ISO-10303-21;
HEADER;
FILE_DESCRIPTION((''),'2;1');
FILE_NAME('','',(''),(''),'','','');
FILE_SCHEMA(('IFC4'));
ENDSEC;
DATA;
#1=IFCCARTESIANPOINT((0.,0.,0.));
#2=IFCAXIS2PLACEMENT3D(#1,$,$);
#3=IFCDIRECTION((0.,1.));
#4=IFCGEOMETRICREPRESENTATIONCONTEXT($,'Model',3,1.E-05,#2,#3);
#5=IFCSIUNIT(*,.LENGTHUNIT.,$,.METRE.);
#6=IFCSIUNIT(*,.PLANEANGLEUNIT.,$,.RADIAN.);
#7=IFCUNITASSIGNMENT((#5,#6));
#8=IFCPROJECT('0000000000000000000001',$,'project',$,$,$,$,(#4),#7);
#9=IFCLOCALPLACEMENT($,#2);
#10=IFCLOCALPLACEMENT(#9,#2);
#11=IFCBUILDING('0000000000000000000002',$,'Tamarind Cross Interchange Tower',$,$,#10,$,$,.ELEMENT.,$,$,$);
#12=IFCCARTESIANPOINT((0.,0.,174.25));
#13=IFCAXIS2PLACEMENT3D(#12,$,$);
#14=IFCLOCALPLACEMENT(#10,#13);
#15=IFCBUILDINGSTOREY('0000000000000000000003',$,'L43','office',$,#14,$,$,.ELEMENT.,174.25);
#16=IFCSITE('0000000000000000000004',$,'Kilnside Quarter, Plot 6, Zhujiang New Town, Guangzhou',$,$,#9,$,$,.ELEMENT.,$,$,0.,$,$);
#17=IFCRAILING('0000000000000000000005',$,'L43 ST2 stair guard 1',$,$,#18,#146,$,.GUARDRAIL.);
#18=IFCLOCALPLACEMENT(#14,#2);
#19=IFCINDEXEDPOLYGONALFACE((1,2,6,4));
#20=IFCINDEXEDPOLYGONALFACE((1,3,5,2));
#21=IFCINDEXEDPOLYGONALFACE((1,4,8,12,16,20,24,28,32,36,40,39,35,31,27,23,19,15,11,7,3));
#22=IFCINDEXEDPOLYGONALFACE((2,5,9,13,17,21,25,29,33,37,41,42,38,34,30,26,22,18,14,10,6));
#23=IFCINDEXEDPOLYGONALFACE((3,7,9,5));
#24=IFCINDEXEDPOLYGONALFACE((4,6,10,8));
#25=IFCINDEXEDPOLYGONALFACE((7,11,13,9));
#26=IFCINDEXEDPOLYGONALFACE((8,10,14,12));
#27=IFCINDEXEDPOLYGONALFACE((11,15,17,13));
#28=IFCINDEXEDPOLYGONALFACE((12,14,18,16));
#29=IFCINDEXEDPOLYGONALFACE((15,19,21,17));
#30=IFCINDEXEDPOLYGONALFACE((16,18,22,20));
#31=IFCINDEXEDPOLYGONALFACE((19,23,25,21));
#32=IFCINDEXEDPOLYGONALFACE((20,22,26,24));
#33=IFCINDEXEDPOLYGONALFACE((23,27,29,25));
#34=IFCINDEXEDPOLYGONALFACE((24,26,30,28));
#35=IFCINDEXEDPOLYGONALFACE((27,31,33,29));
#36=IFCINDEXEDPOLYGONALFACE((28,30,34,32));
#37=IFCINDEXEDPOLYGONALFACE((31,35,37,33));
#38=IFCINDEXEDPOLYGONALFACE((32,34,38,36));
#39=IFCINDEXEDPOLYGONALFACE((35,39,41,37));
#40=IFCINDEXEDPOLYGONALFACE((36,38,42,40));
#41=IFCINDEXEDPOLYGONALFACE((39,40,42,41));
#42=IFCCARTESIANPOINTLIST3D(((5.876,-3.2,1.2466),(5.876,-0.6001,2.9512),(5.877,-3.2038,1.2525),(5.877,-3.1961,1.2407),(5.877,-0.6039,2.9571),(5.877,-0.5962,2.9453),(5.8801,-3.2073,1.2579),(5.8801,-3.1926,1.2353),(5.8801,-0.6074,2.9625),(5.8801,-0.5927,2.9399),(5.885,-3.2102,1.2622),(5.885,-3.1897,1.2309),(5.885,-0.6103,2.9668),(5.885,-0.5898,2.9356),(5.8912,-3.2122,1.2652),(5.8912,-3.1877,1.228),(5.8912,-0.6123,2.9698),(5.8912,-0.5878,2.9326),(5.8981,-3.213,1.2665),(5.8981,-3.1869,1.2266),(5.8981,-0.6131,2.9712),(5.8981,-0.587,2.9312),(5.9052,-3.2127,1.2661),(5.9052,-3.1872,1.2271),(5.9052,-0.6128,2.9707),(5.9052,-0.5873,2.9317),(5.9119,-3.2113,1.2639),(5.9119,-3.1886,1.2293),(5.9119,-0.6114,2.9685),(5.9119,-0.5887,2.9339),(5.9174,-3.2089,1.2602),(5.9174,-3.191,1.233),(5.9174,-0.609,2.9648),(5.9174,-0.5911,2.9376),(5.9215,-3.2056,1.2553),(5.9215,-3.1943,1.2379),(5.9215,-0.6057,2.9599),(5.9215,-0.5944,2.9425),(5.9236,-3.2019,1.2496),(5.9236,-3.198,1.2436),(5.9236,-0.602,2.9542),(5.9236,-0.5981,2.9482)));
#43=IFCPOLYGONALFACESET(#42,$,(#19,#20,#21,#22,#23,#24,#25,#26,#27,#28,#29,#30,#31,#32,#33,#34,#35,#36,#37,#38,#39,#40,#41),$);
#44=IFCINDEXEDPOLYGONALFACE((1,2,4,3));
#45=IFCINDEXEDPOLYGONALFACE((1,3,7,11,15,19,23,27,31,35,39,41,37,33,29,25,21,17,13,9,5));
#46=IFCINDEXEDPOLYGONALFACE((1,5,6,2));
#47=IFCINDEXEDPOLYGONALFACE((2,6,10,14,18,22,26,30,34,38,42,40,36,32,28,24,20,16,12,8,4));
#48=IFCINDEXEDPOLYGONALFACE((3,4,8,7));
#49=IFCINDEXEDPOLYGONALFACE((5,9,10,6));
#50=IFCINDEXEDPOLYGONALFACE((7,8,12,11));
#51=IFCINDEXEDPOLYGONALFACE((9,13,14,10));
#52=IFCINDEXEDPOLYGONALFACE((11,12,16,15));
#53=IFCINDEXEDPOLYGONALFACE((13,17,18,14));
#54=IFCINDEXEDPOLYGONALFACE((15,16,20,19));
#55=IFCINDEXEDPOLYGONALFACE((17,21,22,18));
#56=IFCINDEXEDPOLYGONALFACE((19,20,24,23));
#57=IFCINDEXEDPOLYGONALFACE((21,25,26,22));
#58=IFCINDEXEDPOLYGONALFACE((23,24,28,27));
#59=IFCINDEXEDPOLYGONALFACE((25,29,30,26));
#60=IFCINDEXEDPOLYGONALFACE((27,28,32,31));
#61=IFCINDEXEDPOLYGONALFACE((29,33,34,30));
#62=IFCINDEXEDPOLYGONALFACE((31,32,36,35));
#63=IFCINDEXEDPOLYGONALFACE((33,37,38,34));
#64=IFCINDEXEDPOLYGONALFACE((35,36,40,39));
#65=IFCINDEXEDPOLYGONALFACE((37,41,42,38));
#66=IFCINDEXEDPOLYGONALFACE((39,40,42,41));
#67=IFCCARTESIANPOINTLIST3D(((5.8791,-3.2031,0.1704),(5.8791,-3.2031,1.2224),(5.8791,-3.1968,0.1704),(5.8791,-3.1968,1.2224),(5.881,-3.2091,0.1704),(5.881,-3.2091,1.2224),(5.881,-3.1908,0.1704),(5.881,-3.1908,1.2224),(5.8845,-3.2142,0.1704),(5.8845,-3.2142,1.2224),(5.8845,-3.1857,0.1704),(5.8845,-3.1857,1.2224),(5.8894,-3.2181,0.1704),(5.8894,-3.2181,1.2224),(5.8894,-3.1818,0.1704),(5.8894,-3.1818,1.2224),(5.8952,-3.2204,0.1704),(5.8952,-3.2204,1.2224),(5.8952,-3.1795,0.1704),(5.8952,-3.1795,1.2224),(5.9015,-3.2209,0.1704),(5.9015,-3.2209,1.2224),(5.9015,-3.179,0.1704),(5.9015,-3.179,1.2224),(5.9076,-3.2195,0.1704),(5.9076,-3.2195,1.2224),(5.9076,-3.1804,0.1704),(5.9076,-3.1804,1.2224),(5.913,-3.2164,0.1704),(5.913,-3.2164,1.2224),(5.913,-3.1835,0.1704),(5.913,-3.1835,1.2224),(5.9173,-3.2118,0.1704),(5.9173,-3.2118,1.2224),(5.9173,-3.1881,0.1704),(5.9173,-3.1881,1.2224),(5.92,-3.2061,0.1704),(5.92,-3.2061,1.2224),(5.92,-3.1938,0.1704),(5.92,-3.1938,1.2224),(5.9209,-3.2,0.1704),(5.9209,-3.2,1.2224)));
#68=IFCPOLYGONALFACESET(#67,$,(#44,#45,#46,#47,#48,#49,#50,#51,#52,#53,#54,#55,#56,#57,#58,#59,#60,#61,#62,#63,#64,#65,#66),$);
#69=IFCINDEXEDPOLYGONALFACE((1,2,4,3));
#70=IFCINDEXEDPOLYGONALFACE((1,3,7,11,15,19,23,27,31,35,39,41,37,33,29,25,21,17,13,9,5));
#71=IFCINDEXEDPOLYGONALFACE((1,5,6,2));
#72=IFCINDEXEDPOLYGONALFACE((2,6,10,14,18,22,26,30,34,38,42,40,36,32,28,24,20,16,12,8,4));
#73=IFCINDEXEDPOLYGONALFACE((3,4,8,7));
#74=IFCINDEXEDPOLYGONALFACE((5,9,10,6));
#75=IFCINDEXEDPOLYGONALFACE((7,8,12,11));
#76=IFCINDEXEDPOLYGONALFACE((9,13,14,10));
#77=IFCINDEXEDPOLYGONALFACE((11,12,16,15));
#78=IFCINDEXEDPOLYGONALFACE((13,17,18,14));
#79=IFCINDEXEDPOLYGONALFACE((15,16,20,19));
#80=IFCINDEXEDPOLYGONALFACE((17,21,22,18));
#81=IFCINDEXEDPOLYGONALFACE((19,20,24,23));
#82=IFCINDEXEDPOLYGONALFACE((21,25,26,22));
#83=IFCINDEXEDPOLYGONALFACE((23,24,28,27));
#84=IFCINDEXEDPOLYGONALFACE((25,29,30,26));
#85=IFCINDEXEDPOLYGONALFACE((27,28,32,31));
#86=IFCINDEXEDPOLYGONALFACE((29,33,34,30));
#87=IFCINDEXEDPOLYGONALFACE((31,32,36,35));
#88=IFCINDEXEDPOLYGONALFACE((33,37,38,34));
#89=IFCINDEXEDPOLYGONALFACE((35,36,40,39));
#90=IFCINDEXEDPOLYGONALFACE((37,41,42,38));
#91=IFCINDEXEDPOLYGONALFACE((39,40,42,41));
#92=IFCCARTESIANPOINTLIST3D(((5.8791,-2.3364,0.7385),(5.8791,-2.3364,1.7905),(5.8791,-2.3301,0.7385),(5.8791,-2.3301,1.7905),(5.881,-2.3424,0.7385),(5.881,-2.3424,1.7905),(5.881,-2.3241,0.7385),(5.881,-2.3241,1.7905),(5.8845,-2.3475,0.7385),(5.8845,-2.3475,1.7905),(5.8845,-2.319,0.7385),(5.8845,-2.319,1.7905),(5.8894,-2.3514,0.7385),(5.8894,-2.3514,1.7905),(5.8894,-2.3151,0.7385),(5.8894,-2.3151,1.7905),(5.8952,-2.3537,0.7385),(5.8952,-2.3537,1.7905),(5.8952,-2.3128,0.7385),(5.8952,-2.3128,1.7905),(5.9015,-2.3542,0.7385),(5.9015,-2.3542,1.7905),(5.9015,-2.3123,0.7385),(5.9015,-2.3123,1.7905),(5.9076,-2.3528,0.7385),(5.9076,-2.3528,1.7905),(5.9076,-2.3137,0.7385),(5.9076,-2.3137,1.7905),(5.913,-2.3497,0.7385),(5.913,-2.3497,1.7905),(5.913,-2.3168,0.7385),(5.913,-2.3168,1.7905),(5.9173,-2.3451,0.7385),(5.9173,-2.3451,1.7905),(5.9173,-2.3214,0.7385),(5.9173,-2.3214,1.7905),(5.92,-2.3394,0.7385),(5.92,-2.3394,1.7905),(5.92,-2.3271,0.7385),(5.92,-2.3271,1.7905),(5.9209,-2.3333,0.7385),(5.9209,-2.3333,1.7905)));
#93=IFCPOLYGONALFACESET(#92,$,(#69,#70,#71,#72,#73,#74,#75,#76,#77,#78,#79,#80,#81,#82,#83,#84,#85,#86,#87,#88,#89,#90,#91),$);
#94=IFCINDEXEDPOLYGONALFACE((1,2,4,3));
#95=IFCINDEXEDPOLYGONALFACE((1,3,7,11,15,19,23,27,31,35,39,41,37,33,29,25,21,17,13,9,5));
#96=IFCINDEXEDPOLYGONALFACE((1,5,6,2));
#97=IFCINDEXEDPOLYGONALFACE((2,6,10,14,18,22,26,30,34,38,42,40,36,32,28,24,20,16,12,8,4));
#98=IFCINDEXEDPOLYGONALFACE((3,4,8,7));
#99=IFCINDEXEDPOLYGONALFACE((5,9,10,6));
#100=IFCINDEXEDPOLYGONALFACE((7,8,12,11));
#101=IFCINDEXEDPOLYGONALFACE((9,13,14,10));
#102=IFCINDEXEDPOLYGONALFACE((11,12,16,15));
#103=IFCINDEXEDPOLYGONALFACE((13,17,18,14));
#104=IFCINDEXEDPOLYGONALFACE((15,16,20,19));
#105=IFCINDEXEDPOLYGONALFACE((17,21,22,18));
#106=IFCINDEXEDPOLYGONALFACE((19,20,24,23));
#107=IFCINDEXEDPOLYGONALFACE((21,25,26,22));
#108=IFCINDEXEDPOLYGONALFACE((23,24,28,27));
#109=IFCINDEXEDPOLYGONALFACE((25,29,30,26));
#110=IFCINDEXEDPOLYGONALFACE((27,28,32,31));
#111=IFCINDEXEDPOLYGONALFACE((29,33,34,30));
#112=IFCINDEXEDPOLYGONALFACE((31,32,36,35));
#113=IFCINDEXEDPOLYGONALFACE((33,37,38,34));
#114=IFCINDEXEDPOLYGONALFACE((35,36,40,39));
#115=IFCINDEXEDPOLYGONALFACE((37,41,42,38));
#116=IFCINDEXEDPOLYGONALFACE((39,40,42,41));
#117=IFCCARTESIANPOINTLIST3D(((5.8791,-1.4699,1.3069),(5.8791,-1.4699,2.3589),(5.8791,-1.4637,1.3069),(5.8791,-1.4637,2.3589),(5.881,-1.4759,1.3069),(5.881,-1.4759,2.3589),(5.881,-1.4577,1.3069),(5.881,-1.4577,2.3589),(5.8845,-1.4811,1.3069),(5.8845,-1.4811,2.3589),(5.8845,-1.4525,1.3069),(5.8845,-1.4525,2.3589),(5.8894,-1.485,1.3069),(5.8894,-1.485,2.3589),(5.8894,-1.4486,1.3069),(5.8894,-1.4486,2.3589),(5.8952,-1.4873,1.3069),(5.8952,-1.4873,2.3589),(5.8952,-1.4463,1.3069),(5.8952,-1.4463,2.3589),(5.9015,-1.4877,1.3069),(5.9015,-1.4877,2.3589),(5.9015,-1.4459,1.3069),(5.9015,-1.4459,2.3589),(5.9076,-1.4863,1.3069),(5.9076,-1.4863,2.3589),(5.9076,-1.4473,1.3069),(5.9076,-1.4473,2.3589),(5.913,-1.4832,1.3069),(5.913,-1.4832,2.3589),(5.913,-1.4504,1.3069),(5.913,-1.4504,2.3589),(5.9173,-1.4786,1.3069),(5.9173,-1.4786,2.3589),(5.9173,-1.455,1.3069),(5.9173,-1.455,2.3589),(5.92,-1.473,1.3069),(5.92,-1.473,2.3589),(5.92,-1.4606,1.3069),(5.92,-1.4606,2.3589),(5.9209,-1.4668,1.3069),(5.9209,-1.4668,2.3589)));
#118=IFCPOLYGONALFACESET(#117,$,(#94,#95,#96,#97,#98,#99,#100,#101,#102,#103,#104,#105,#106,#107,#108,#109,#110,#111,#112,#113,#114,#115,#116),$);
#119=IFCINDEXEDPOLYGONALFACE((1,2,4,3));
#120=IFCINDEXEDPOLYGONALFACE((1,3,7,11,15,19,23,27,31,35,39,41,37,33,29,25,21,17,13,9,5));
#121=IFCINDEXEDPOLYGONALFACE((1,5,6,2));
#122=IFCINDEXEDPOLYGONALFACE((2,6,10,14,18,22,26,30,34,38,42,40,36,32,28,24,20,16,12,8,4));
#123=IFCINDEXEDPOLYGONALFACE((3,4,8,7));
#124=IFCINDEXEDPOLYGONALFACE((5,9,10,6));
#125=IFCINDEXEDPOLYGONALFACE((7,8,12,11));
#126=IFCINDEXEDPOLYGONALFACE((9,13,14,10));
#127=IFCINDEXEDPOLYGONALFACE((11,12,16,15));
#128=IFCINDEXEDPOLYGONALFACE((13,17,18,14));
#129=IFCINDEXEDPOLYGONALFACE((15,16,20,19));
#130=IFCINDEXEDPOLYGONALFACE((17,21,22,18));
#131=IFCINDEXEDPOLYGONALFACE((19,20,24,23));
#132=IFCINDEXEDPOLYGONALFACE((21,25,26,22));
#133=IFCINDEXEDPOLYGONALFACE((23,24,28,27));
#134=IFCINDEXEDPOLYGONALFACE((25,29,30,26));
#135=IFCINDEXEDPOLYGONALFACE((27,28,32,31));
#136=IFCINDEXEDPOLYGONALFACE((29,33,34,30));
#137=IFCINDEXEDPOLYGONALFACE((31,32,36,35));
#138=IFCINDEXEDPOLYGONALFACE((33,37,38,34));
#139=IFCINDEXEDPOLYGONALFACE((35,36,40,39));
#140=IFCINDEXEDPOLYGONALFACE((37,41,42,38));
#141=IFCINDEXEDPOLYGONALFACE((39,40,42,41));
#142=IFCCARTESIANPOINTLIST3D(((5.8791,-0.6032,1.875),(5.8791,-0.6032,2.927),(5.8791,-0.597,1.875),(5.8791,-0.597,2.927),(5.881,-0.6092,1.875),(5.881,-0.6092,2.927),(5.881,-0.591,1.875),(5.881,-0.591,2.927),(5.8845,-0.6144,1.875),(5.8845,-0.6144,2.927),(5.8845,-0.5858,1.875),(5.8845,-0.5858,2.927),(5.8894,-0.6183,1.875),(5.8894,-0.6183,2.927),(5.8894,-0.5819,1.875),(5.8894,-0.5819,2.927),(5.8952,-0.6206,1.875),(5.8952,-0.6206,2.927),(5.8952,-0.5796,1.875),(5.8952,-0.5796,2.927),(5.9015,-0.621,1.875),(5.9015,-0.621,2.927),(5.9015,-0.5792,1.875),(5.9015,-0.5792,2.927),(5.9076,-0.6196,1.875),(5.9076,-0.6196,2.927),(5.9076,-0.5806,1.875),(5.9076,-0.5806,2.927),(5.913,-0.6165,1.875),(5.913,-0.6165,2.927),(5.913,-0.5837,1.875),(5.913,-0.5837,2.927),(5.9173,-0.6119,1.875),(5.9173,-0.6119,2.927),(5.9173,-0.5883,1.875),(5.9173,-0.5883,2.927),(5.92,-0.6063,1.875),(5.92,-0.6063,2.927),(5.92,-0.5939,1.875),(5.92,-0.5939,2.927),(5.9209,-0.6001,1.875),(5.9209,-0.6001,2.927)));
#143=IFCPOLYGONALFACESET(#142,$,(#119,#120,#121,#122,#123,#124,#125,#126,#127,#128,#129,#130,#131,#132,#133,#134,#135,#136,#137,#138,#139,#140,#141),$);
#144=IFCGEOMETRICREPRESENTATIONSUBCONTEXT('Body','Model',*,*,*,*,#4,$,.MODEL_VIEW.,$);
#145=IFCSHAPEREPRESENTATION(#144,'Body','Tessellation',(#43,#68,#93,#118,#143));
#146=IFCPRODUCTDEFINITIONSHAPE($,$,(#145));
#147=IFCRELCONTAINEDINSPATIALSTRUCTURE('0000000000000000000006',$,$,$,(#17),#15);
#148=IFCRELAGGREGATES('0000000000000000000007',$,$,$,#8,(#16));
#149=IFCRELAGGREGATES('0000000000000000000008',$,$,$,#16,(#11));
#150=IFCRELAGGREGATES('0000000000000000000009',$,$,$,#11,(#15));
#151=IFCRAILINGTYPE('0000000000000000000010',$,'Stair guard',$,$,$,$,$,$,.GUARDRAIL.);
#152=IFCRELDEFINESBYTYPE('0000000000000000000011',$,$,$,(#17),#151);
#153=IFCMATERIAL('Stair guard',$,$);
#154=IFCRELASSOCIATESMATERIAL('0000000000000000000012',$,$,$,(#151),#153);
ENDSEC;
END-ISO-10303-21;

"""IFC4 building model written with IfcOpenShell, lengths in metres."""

from ifc_helpers import new_model, si_unit, direction, frame, origin, origin_2d, place, context, subcontext, project, spatial, circle, extrude, material, type_object, element, save


model = new_model("IFC4")

# Units and contexts
model_context = context("Model", 3, precision=1e-05, world=origin(), true_north=direction((0.0, 1.0)))
body_context = subcontext(model_context, "Body", "Model", "MODEL_VIEW")
ifc_project = project(units=[si_unit("LENGTHUNIT", "METRE"), si_unit("PLANEANGLEUNIT", "RADIAN")], contexts=[model_context])

# Site, building, storey
site_placement = place(None, origin())
site = spatial("IfcSite", under=ifc_project, at=site_placement, Name="Kilnside Quarter, Plot 6, Zhujiang New Town, Guangzhou", CompositionType="ELEMENT", RefElevation=0.0)
building_placement = place(site_placement, origin())
building = spatial("IfcBuilding", under=site, at=building_placement, Name="Tamarind Cross Interchange Tower", CompositionType="ELEMENT")
storey_placement = place(building_placement, frame((0.0, 0.0, 174.25)))
storey = spatial("IfcBuildingStorey", under=building, at=storey_placement, Name="L43", Description="office", CompositionType="ELEMENT", Elevation=174.25)

# Railing
ifc_material_1 = material(Name="Stair guard")
railing_type_1 = type_object("IfcRailingType", Name="Stair guard", PredefinedType="GUARDRAIL", material=ifc_material_1)
railing_1_placement = place(storey_placement, frame((5.8999, -3.2, 0.1704)))
element("IfcRailing", 1, at=railing_1_placement, inside=storey, type_object=railing_type_1, Name="L43 ST2 stair guard 1", PredefinedType="GUARDRAIL", context=body_context, shape_type="SweptSolid", body=[
    extrude(circle(Radius=0.0239, at=origin_2d()), frame((0.0, 0.0, 1.0762), z_axis=(0.0, 0.836279, 0.548305), x_axis=(-1.0, 0.0, 0.0)), (0.0, 0.0, 1.0), 3.1089),
    extrude(circle(Radius=0.021, at=origin_2d()), origin(), (0.0, 0.0, 1.0), 1.052),
    extrude(circle(Radius=0.021, at=origin_2d()), frame((0.0, 0.8667, 0.5681)), (0.0, 0.0, 1.0), 1.052),
    extrude(circle(Radius=0.021, at=origin_2d()), frame((0.0, 1.7332, 1.1365)), (0.0, 0.0, 1.0), 1.052),
    extrude(circle(Radius=0.021, at=origin_2d()), frame((0.0, 2.5999, 1.7046)), (0.0, 0.0, 1.0), 1.052),
])

save(model, "model.ifc")
